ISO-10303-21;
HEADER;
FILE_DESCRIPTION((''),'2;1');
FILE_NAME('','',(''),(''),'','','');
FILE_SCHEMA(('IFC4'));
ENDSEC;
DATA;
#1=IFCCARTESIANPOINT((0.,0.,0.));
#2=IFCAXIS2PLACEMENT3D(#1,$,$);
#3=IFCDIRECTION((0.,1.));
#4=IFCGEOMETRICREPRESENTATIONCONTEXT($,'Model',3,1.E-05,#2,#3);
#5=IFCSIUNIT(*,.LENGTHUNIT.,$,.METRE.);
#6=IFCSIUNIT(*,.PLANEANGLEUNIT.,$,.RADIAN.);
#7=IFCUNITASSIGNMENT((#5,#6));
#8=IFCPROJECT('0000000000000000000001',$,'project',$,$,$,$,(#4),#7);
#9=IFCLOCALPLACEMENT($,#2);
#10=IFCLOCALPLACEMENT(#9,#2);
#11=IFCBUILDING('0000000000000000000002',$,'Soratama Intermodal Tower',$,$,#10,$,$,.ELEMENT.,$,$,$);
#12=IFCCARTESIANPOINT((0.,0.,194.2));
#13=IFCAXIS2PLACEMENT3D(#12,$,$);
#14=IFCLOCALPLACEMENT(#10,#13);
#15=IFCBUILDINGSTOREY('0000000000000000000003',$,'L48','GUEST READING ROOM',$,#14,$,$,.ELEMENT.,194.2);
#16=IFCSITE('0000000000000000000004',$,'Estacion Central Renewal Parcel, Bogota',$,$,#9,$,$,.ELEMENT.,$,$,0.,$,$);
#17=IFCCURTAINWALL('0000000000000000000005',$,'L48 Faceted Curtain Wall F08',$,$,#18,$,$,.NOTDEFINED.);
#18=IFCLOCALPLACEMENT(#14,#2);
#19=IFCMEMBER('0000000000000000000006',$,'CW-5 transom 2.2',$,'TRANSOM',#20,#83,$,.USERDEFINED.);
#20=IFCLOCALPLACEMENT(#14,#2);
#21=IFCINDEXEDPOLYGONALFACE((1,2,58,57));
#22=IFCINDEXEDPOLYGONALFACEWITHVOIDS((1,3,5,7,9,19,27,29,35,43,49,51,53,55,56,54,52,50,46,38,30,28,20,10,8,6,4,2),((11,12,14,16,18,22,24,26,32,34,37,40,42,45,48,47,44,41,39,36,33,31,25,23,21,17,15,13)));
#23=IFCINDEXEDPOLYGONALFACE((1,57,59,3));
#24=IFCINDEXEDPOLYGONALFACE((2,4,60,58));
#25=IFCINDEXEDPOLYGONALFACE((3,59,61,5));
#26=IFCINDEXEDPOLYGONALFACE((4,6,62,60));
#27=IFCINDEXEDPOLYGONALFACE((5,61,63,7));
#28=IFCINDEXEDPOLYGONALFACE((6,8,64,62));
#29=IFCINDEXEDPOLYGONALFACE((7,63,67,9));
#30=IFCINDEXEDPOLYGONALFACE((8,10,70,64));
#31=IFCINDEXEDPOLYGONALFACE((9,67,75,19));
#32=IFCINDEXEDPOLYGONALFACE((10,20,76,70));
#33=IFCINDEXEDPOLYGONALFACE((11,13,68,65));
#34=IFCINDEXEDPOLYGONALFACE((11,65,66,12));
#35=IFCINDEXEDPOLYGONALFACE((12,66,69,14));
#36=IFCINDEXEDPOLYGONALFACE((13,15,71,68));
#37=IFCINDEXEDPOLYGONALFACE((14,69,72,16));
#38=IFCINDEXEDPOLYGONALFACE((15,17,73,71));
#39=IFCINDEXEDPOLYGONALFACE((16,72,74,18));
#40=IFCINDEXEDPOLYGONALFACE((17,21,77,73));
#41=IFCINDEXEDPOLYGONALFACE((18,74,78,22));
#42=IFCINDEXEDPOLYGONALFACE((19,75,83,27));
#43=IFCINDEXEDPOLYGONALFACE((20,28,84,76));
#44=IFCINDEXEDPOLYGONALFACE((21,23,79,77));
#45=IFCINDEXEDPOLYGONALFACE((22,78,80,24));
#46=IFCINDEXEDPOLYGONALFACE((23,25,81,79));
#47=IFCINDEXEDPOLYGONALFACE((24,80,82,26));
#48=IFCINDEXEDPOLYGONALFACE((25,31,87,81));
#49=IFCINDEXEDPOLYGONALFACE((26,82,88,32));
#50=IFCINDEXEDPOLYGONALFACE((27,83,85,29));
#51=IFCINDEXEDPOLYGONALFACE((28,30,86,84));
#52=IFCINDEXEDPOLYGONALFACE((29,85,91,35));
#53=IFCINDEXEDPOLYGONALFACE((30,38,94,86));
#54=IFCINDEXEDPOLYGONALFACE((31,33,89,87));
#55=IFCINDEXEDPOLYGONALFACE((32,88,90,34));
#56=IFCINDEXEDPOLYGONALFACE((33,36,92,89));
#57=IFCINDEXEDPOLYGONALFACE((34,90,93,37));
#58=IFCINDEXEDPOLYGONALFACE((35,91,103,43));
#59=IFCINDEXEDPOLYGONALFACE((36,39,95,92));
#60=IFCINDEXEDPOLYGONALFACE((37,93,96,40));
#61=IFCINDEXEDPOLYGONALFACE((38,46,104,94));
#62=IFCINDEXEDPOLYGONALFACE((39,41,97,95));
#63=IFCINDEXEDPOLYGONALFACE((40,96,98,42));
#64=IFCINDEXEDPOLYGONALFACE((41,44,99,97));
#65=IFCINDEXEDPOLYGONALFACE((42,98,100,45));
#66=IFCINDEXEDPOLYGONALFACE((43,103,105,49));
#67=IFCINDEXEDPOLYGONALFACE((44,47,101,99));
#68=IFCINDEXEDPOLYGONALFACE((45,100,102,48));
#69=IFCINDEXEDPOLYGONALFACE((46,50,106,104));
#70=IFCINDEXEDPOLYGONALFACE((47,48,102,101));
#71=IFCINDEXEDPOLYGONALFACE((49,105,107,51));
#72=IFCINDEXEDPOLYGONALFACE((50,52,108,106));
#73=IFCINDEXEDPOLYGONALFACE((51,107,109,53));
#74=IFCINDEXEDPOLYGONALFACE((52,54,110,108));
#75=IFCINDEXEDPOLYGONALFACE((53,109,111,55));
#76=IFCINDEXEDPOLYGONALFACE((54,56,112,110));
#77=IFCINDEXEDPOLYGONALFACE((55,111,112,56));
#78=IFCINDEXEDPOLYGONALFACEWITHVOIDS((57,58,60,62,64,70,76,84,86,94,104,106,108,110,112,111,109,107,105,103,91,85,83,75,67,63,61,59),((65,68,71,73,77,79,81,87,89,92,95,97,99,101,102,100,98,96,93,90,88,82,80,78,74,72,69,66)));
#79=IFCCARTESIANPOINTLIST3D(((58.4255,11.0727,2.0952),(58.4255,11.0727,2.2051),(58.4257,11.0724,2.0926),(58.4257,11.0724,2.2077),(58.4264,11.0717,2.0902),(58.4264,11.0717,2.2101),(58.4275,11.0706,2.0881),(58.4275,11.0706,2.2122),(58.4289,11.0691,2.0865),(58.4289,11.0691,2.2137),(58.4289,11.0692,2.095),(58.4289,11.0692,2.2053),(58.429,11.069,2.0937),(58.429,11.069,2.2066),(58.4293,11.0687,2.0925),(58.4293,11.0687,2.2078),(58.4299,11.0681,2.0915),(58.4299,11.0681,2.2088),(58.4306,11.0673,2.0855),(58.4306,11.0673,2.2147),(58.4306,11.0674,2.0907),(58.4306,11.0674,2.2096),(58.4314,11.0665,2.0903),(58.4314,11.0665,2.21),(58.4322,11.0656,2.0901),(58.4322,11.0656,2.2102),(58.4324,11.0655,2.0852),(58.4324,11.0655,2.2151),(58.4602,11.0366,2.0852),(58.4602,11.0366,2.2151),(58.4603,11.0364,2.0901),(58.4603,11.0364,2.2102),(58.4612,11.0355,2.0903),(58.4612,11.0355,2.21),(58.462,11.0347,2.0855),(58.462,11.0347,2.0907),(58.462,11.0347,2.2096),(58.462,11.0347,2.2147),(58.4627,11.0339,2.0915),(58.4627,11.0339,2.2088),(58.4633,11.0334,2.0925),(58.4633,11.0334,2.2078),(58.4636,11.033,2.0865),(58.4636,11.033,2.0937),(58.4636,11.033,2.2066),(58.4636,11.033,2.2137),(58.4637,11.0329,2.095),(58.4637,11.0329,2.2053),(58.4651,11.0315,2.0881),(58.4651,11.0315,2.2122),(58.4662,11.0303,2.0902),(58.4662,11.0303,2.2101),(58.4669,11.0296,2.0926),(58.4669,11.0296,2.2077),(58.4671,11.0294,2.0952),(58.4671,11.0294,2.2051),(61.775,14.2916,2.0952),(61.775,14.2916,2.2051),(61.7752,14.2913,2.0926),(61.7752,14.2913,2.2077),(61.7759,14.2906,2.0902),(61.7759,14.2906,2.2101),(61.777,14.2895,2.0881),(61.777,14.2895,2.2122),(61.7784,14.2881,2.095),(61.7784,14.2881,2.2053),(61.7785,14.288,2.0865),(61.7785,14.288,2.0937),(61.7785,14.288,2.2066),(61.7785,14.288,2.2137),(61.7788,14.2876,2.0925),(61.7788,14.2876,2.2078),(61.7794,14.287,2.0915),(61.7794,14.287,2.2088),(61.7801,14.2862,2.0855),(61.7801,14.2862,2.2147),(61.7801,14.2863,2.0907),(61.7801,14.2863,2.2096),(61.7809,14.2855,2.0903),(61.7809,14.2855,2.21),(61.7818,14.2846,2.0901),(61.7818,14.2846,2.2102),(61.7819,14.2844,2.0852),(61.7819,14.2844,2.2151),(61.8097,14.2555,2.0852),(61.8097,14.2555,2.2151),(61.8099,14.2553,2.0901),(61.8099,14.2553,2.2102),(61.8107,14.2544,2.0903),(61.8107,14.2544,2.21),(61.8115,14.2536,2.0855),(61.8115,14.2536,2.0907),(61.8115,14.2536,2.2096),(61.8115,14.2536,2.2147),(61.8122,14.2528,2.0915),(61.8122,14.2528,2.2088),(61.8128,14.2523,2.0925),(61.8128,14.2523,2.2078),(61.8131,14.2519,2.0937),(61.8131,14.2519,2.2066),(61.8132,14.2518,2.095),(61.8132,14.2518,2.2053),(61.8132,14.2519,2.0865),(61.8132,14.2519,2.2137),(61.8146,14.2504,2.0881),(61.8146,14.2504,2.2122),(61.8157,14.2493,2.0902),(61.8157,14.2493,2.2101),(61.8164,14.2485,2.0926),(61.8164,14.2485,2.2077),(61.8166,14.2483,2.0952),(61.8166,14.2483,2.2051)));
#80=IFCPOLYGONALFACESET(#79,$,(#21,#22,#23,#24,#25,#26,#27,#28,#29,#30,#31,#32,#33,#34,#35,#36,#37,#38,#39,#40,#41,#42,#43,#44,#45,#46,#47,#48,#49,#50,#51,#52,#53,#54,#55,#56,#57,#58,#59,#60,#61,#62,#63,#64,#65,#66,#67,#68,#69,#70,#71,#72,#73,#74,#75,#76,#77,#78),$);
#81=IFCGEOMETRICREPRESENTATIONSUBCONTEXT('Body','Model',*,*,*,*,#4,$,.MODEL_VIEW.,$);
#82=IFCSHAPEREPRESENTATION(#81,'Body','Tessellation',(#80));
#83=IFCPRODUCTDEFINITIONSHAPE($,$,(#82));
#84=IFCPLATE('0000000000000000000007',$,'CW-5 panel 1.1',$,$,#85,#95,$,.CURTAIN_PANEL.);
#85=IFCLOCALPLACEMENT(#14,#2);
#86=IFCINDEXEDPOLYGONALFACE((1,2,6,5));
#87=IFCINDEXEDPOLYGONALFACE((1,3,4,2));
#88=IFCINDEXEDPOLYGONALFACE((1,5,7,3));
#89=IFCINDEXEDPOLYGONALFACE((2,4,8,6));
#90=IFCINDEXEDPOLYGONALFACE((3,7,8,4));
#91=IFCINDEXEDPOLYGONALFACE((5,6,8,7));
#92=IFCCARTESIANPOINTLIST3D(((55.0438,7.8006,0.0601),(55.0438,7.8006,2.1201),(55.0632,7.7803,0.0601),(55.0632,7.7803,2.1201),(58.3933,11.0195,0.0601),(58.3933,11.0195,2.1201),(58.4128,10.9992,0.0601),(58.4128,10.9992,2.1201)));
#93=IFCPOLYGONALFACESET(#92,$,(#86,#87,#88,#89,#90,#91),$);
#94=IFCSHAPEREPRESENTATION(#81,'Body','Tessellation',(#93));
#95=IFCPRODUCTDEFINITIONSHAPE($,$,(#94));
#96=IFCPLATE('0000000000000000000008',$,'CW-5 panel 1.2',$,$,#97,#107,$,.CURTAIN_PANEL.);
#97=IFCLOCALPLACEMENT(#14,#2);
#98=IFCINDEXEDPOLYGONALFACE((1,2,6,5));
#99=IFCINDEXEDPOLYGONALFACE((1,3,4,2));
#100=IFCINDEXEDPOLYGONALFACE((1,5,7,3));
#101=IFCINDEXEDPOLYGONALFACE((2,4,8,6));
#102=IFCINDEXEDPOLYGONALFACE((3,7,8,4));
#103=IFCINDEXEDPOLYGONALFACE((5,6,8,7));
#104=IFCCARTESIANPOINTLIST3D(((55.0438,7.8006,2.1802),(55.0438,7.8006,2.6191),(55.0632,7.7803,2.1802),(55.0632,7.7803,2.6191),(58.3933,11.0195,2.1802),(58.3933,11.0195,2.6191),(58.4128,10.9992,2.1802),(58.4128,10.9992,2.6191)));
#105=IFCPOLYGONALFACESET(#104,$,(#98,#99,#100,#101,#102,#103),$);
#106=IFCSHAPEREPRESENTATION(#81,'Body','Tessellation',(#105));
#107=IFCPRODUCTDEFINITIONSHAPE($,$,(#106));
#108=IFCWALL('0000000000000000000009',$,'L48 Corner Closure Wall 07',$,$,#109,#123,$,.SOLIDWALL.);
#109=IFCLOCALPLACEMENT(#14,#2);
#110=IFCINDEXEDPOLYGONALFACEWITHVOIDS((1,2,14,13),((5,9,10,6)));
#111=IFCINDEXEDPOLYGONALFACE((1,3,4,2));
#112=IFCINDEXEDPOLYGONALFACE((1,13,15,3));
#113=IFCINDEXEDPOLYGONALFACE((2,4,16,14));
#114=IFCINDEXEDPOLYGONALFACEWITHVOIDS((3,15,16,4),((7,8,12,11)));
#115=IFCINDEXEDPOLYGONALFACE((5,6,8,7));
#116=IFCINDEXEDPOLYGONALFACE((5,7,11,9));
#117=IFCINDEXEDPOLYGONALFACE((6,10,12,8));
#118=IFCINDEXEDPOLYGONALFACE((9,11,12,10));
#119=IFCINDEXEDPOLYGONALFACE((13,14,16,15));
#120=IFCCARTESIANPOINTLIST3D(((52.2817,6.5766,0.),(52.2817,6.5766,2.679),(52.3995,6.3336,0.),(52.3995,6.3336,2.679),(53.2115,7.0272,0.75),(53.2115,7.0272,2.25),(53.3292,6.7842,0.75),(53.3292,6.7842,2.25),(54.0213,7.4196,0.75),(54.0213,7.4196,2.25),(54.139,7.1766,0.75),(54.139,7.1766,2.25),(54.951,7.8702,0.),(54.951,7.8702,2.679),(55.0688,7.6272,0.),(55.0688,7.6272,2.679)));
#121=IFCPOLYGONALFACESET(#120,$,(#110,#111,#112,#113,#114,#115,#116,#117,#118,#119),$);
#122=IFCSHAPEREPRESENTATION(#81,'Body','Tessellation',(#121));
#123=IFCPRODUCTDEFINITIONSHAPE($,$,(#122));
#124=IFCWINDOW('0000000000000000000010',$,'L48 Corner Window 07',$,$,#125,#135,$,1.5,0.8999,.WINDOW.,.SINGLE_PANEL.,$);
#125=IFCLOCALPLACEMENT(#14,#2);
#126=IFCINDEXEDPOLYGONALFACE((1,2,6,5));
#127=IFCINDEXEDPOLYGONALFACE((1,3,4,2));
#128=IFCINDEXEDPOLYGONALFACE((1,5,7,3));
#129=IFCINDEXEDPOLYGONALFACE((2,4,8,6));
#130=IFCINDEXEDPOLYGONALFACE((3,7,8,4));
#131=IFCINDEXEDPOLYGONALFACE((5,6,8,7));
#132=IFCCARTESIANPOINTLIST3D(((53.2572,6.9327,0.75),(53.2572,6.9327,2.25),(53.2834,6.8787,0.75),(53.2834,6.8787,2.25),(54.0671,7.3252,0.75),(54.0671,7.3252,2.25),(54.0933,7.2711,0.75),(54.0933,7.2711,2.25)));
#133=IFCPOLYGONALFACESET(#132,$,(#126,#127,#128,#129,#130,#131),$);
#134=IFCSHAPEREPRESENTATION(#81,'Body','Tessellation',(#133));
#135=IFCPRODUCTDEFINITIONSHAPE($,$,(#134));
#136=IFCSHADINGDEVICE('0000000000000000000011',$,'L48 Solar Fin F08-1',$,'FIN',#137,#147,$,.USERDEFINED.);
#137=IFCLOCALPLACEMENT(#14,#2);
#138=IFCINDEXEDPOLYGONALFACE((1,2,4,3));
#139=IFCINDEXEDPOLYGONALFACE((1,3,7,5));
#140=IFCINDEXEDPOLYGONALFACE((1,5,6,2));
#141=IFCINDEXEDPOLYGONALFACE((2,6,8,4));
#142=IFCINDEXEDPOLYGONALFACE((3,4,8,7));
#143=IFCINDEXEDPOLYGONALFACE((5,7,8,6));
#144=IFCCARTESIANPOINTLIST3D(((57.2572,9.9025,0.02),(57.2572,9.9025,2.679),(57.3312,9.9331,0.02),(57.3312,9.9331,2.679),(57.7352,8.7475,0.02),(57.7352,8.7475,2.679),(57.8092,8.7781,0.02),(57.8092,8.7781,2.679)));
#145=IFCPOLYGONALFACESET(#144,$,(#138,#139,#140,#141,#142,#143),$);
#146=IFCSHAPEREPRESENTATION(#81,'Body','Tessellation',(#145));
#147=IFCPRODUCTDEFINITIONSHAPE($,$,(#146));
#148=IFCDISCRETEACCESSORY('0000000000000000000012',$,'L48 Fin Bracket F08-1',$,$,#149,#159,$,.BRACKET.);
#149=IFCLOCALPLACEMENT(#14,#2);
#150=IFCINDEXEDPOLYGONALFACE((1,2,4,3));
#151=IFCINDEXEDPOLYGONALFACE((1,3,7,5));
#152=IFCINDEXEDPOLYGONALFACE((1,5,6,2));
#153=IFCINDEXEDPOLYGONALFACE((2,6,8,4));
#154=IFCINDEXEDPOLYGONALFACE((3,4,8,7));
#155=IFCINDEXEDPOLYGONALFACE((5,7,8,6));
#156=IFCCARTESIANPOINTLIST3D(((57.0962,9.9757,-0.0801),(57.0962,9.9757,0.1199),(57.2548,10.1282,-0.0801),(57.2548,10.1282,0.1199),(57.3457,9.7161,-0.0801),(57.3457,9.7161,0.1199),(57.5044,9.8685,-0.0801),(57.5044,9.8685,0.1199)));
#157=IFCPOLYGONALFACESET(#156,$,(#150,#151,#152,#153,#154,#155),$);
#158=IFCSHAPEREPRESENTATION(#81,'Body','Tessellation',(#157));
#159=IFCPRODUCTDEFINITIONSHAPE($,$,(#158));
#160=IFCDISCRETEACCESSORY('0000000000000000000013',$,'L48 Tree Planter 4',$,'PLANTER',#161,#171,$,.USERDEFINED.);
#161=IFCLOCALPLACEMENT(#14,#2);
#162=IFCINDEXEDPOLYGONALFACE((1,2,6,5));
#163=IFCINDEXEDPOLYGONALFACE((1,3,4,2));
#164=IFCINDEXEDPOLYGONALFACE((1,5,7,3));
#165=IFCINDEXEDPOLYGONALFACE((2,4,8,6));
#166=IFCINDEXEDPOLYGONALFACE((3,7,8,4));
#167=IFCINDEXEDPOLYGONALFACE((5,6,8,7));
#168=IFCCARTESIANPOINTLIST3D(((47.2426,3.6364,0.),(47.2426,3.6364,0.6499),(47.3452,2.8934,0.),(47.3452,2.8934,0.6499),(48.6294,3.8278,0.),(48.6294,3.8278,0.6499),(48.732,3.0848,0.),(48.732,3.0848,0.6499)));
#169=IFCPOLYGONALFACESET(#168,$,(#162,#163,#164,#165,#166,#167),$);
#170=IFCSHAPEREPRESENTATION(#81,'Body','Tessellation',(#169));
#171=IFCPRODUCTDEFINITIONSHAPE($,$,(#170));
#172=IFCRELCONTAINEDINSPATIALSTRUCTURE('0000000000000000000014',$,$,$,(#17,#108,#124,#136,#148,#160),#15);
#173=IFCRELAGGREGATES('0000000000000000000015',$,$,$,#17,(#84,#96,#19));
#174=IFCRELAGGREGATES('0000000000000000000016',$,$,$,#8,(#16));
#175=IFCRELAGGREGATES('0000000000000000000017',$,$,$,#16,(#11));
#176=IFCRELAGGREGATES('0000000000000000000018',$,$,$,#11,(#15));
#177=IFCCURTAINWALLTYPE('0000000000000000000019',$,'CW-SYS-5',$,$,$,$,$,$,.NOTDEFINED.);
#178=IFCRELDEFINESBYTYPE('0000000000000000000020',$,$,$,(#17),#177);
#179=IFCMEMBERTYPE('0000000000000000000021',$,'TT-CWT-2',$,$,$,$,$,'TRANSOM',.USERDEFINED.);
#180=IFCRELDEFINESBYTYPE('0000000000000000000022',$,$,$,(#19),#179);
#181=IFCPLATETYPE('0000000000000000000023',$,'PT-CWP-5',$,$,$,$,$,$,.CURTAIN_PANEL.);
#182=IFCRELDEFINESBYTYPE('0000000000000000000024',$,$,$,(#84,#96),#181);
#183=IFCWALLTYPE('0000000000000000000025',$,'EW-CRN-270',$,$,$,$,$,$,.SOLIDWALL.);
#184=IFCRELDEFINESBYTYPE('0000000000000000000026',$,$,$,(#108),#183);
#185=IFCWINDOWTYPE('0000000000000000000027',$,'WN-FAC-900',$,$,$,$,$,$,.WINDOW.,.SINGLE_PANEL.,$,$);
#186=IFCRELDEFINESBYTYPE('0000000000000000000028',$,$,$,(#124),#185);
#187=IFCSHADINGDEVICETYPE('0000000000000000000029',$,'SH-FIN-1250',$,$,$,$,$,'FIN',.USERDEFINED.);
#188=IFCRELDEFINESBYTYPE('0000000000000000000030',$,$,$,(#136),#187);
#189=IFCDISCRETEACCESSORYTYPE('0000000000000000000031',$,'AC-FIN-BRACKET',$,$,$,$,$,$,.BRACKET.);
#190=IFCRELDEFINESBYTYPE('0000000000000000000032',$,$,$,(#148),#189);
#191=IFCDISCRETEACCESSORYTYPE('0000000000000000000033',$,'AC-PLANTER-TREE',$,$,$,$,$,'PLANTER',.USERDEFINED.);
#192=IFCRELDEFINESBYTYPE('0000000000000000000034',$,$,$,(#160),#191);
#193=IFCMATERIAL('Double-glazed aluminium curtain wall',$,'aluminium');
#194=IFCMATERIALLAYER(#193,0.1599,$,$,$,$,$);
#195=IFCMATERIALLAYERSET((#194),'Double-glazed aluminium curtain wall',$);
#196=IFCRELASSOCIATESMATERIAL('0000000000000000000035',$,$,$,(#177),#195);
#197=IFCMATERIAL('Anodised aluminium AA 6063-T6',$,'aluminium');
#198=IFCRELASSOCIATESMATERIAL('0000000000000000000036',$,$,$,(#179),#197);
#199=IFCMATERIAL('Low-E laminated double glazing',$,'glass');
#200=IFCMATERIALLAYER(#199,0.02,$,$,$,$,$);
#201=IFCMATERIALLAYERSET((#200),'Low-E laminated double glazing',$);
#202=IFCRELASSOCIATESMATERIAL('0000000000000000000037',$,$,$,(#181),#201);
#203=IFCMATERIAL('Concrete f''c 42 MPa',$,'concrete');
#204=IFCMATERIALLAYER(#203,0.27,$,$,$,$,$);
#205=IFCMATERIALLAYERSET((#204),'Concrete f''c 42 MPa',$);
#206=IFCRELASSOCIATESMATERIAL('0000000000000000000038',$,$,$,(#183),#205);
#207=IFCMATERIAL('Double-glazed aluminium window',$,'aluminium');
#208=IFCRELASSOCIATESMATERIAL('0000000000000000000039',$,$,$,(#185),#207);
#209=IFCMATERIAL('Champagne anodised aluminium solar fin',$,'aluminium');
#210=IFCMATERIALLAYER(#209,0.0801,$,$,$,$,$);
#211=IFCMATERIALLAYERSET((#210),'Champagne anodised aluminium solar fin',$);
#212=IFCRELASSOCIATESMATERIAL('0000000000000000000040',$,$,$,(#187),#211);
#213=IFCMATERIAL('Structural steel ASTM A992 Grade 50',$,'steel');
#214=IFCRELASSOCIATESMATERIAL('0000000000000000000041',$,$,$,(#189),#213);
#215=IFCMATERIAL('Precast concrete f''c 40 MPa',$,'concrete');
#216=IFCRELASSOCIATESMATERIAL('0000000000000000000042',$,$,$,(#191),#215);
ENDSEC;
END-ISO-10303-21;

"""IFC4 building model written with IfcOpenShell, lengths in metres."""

from ifc_helpers import new_model, si_unit, direction, frame, frame_2d, origin, origin_2d, place, context, subcontext, project, spatial, rectangle, hollow_rectangle, extrude, material, layer, layer_set, material_profile, profile_set, type_object, element, fill, aggregate, save


model = new_model("IFC4")

# Units and contexts
model_context = context("Model", 3, precision=1e-05, world=origin(), true_north=direction((0.0, 1.0)))
body_context = subcontext(model_context, "Body", "Model", "MODEL_VIEW")
ifc_project = project(units=[si_unit("LENGTHUNIT", "METRE"), si_unit("PLANEANGLEUNIT", "RADIAN")], contexts=[model_context])

# Site, building, storey
site_placement = place(None, origin())
site = spatial("IfcSite", under=ifc_project, at=site_placement, Name="Estacion Central Renewal Parcel, Bogota", CompositionType="ELEMENT", RefElevation=0.0)
building_placement = place(site_placement, origin())
building = spatial("IfcBuilding", under=site, at=building_placement, Name="Soratama Intermodal Tower", CompositionType="ELEMENT")
storey_placement = place(building_placement, frame((0.0, 0.0, 194.2)))
storey = spatial("IfcBuildingStorey", under=building, at=storey_placement, Name="L48", Description="GUEST READING ROOM", CompositionType="ELEMENT", Elevation=194.2)

# Curtain wall, member, plates
ifc_material_1 = material(Name="Double-glazed aluminium curtain wall", Category="aluminium")
ifc_layer_1 = layer(ifc_material_1, 0.1599)
ifc_layer_set_1 = layer_set([ifc_layer_1], Name="Double-glazed aluminium curtain wall")
curtain_wall_type = type_object("IfcCurtainWallType", Name="CW-SYS-5", PredefinedType="NOTDEFINED", material=ifc_layer_set_1)
curtain_wall_placement = place(storey_placement, origin())
curtain_wall = element("IfcCurtainWall", 1, at=curtain_wall_placement, inside=storey, type_object=curtain_wall_type, Name="L48 Faceted Curtain Wall F08", PredefinedType="NOTDEFINED")
ifc_material_2 = material(Name="Anodised aluminium AA 6063-T6", Category="aluminium")
ifc_material_profile_1 = material_profile(ifc_material_2, hollow_rectangle(XDim=0.0601, YDim=0.1299, WallThickness=0.0049, InnerFilletRadius=0.0049, OuterFilletRadius=0.01, at=origin_2d()), Name="CWT130X60X5")
ifc_profile_set_1 = profile_set([ifc_material_profile_1], Name="Anodised aluminium AA 6063-T6")
member_type_1 = type_object("IfcMemberType", Name="TT-CWT-2", ElementType="TRANSOM", PredefinedType="USERDEFINED", material=ifc_profile_set_1)
member_1_placement = place(storey_placement, frame((58.4463, 11.051, 2.1501), z_axis=(0.721025, 0.692909, 0.0), x_axis=(-0.692909, 0.721025, 0.0)))
member_1 = element("IfcMember", 2, at=member_1_placement, type_object=member_type_1, Name="CW-5 transom 2.2", ObjectType="TRANSOM", PredefinedType="USERDEFINED", context=body_context, shape_type="SweptSolid", body=[
    extrude(hollow_rectangle(XDim=0.0601, YDim=0.1299, WallThickness=0.0049, InnerFilletRadius=0.0049, OuterFilletRadius=0.01, at=origin_2d()), origin(), (0.0, 0.0, 1.0), 4.6455),
])
ifc_material_3 = material(Name="Low-E laminated double glazing", Category="glass")
ifc_layer_2 = layer(ifc_material_3, 0.02)
ifc_layer_set_2 = layer_set([ifc_layer_2], Name="Low-E laminated double glazing")
plate_type = type_object("IfcPlateType", Name="PT-CWP-5", PredefinedType="CURTAIN_PANEL", material=ifc_layer_set_2)
plate_1_placement = place(storey_placement, frame((56.7283, 9.3999, 0.0601), z_axis=(0.0, 0.0, 1.0), x_axis=(0.721036, 0.692898, 0.0)))
plate_1 = element("IfcPlate", 3, at=plate_1_placement, type_object=plate_type, Name="CW-5 panel 1.1", PredefinedType="CURTAIN_PANEL", context=body_context, shape_type="SweptSolid", body=[
    extrude(rectangle(XDim=4.6455, YDim=0.0281, at=origin_2d()), origin(), (0.0, 0.0, 1.0), 2.0601),
])
plate_2_placement = place(storey_placement, frame((56.7283, 9.3999, 2.1802), z_axis=(0.0, 0.0, 1.0), x_axis=(0.721036, 0.692898, 0.0)))
plate_2 = element("IfcPlate", 4, at=plate_2_placement, type_object=plate_type, Name="CW-5 panel 1.2", PredefinedType="CURTAIN_PANEL", context=body_context, shape_type="SweptSolid", body=[
    extrude(rectangle(XDim=4.6455, YDim=0.0281, at=origin_2d()), origin(), (0.0, 0.0, 1.0), 0.439),
])
aggregate(curtain_wall, [plate_1, plate_2, member_1])

# Wall, opening, window
ifc_material_4 = material(Name="Concrete f'c 42 MPa", Category="concrete")
ifc_layer_3 = layer(ifc_material_4, 0.27)
ifc_layer_set_3 = layer_set([ifc_layer_3], Name="Concrete f'c 42 MPa")
wall_type = type_object("IfcWallType", Name="EW-CRN-270", PredefinedType="SOLIDWALL", material=ifc_layer_set_3)
wall_placement = place(storey_placement, frame((52.3406, 6.4551, 0.0), z_axis=(0.0, 0.0, 1.0), x_axis=(0.899889, 0.436118, 0.0)))
wall = element("IfcWall", 5, at=wall_placement, inside=storey, type_object=wall_type, Name="L48 Corner Closure Wall 07", PredefinedType="SOLIDWALL", context=body_context, shape_type="SweptSolid", body=[
    extrude(rectangle(XDim=2.9663, YDim=0.27, at=frame_2d((1.4832, 0.0))), origin(), (0.0, 0.0, 1.0), 2.679),
])
opening_placement = place(wall_placement, frame((1.0332, 0.0, 0.75)))
opening = element("IfcOpeningElement", 6, at=opening_placement, cuts=wall, PredefinedType="OPENING", context=body_context, shape_type="SweptSolid", body=[
    extrude(rectangle(XDim=0.8999, YDim=1.5, at=frame_2d((0.45, 0.75))), frame((0.0, 0.145, 0.0), z_axis=(0.0, -1.0, 0.0), x_axis=(1.0, 0.0, 0.0)), (0.0, 0.0, 1.0), 0.29),
])
ifc_material_5 = material(Name="Double-glazed aluminium window", Category="aluminium")
window_type = type_object("IfcWindowType", Name="WN-FAC-900", PartitioningType="SINGLE_PANEL", PredefinedType="WINDOW", material=ifc_material_5)
window_placement = place(opening_placement, origin())
window = element("IfcWindow", 7, at=window_placement, inside=storey, type_object=window_type, Name="L48 Corner Window 07", OverallHeight=1.5, OverallWidth=0.8999, PartitioningType="SINGLE_PANEL", PredefinedType="WINDOW", context=body_context, shape_type="SweptSolid", body=[
    extrude(rectangle(XDim=0.8999, YDim=1.5, at=frame_2d((0.45, 0.75))), frame((0.0, 0.03, 0.0), z_axis=(0.0, -1.0, 0.0), x_axis=(1.0, 0.0, 0.0)), (0.0, 0.0, 1.0), 0.0601),
])
fill(opening, window)

# Shading device
ifc_material_6 = material(Name="Champagne anodised aluminium solar fin", Category="aluminium")
ifc_layer_4 = layer(ifc_material_6, 0.0801)
ifc_layer_set_4 = layer_set([ifc_layer_4], Name="Champagne anodised aluminium solar fin")
shading_device_type = type_object("IfcShadingDeviceType", Name="SH-FIN-1250", ElementType="FIN", PredefinedType="USERDEFINED", material=ifc_layer_set_4)
shading_device_placement = place(storey_placement, frame((57.5332, 9.3403, 0.02), z_axis=(0.0, 0.0, 1.0), x_axis=(0.382361, -0.924013, 0.0)))
element("IfcShadingDevice", 8, at=shading_device_placement, inside=storey, type_object=shading_device_type, Name="L48 Solar Fin F08-1", ObjectType="FIN", PredefinedType="USERDEFINED", context=body_context, shape_type="SweptSolid", body=[
    extrude(rectangle(XDim=1.25, YDim=0.0801, at=origin_2d()), origin(), (0.0, 0.0, 1.0), 2.6589),
])

# Discrete accessories
ifc_material_7 = material(Name="Structural steel ASTM A992 Grade 50", Category="steel")
discrete_accessory_type_1 = type_object("IfcDiscreteAccessoryType", Name="AC-FIN-BRACKET", PredefinedType="BRACKET", material=ifc_material_7)
discrete_accessory_1_placement = place(storey_placement, frame((57.3003, 9.9221, -0.0801), z_axis=(0.0, 0.0, 1.0), x_axis=(0.692899, -0.721035, 0.0)))
element("IfcDiscreteAccessory", 9, at=discrete_accessory_1_placement, inside=storey, type_object=discrete_accessory_type_1, Name="L48 Fin Bracket F08-1", PredefinedType="BRACKET", context=body_context, shape_type="SweptSolid", body=[
    extrude(rectangle(XDim=0.3601, YDim=0.22, at=origin_2d()), origin(), (0.0, 0.0, 1.0), 0.2),
])
ifc_material_8 = material(Name="Precast concrete f'c 40 MPa", Category="concrete")
discrete_accessory_type_2 = type_object("IfcDiscreteAccessoryType", Name="AC-PLANTER-TREE", ElementType="PLANTER", PredefinedType="USERDEFINED", material=ifc_material_8)
discrete_accessory_2_placement = place(storey_placement, frame((47.9873, 3.3606, 0.0), z_axis=(0.0, 0.0, 1.0), x_axis=(0.136753, -0.990605, 0.0)))
element("IfcDiscreteAccessory", 10, at=discrete_accessory_2_placement, inside=storey, type_object=discrete_accessory_type_2, Name="L48 Tree Planter 4", ObjectType="PLANTER", PredefinedType="USERDEFINED", context=body_context, shape_type="SweptSolid", body=[
    extrude(rectangle(XDim=0.75, YDim=1.3999, at=origin_2d()), origin(), (0.0, 0.0, 1.0), 0.6499),
])

save(model, "model.ifc")
